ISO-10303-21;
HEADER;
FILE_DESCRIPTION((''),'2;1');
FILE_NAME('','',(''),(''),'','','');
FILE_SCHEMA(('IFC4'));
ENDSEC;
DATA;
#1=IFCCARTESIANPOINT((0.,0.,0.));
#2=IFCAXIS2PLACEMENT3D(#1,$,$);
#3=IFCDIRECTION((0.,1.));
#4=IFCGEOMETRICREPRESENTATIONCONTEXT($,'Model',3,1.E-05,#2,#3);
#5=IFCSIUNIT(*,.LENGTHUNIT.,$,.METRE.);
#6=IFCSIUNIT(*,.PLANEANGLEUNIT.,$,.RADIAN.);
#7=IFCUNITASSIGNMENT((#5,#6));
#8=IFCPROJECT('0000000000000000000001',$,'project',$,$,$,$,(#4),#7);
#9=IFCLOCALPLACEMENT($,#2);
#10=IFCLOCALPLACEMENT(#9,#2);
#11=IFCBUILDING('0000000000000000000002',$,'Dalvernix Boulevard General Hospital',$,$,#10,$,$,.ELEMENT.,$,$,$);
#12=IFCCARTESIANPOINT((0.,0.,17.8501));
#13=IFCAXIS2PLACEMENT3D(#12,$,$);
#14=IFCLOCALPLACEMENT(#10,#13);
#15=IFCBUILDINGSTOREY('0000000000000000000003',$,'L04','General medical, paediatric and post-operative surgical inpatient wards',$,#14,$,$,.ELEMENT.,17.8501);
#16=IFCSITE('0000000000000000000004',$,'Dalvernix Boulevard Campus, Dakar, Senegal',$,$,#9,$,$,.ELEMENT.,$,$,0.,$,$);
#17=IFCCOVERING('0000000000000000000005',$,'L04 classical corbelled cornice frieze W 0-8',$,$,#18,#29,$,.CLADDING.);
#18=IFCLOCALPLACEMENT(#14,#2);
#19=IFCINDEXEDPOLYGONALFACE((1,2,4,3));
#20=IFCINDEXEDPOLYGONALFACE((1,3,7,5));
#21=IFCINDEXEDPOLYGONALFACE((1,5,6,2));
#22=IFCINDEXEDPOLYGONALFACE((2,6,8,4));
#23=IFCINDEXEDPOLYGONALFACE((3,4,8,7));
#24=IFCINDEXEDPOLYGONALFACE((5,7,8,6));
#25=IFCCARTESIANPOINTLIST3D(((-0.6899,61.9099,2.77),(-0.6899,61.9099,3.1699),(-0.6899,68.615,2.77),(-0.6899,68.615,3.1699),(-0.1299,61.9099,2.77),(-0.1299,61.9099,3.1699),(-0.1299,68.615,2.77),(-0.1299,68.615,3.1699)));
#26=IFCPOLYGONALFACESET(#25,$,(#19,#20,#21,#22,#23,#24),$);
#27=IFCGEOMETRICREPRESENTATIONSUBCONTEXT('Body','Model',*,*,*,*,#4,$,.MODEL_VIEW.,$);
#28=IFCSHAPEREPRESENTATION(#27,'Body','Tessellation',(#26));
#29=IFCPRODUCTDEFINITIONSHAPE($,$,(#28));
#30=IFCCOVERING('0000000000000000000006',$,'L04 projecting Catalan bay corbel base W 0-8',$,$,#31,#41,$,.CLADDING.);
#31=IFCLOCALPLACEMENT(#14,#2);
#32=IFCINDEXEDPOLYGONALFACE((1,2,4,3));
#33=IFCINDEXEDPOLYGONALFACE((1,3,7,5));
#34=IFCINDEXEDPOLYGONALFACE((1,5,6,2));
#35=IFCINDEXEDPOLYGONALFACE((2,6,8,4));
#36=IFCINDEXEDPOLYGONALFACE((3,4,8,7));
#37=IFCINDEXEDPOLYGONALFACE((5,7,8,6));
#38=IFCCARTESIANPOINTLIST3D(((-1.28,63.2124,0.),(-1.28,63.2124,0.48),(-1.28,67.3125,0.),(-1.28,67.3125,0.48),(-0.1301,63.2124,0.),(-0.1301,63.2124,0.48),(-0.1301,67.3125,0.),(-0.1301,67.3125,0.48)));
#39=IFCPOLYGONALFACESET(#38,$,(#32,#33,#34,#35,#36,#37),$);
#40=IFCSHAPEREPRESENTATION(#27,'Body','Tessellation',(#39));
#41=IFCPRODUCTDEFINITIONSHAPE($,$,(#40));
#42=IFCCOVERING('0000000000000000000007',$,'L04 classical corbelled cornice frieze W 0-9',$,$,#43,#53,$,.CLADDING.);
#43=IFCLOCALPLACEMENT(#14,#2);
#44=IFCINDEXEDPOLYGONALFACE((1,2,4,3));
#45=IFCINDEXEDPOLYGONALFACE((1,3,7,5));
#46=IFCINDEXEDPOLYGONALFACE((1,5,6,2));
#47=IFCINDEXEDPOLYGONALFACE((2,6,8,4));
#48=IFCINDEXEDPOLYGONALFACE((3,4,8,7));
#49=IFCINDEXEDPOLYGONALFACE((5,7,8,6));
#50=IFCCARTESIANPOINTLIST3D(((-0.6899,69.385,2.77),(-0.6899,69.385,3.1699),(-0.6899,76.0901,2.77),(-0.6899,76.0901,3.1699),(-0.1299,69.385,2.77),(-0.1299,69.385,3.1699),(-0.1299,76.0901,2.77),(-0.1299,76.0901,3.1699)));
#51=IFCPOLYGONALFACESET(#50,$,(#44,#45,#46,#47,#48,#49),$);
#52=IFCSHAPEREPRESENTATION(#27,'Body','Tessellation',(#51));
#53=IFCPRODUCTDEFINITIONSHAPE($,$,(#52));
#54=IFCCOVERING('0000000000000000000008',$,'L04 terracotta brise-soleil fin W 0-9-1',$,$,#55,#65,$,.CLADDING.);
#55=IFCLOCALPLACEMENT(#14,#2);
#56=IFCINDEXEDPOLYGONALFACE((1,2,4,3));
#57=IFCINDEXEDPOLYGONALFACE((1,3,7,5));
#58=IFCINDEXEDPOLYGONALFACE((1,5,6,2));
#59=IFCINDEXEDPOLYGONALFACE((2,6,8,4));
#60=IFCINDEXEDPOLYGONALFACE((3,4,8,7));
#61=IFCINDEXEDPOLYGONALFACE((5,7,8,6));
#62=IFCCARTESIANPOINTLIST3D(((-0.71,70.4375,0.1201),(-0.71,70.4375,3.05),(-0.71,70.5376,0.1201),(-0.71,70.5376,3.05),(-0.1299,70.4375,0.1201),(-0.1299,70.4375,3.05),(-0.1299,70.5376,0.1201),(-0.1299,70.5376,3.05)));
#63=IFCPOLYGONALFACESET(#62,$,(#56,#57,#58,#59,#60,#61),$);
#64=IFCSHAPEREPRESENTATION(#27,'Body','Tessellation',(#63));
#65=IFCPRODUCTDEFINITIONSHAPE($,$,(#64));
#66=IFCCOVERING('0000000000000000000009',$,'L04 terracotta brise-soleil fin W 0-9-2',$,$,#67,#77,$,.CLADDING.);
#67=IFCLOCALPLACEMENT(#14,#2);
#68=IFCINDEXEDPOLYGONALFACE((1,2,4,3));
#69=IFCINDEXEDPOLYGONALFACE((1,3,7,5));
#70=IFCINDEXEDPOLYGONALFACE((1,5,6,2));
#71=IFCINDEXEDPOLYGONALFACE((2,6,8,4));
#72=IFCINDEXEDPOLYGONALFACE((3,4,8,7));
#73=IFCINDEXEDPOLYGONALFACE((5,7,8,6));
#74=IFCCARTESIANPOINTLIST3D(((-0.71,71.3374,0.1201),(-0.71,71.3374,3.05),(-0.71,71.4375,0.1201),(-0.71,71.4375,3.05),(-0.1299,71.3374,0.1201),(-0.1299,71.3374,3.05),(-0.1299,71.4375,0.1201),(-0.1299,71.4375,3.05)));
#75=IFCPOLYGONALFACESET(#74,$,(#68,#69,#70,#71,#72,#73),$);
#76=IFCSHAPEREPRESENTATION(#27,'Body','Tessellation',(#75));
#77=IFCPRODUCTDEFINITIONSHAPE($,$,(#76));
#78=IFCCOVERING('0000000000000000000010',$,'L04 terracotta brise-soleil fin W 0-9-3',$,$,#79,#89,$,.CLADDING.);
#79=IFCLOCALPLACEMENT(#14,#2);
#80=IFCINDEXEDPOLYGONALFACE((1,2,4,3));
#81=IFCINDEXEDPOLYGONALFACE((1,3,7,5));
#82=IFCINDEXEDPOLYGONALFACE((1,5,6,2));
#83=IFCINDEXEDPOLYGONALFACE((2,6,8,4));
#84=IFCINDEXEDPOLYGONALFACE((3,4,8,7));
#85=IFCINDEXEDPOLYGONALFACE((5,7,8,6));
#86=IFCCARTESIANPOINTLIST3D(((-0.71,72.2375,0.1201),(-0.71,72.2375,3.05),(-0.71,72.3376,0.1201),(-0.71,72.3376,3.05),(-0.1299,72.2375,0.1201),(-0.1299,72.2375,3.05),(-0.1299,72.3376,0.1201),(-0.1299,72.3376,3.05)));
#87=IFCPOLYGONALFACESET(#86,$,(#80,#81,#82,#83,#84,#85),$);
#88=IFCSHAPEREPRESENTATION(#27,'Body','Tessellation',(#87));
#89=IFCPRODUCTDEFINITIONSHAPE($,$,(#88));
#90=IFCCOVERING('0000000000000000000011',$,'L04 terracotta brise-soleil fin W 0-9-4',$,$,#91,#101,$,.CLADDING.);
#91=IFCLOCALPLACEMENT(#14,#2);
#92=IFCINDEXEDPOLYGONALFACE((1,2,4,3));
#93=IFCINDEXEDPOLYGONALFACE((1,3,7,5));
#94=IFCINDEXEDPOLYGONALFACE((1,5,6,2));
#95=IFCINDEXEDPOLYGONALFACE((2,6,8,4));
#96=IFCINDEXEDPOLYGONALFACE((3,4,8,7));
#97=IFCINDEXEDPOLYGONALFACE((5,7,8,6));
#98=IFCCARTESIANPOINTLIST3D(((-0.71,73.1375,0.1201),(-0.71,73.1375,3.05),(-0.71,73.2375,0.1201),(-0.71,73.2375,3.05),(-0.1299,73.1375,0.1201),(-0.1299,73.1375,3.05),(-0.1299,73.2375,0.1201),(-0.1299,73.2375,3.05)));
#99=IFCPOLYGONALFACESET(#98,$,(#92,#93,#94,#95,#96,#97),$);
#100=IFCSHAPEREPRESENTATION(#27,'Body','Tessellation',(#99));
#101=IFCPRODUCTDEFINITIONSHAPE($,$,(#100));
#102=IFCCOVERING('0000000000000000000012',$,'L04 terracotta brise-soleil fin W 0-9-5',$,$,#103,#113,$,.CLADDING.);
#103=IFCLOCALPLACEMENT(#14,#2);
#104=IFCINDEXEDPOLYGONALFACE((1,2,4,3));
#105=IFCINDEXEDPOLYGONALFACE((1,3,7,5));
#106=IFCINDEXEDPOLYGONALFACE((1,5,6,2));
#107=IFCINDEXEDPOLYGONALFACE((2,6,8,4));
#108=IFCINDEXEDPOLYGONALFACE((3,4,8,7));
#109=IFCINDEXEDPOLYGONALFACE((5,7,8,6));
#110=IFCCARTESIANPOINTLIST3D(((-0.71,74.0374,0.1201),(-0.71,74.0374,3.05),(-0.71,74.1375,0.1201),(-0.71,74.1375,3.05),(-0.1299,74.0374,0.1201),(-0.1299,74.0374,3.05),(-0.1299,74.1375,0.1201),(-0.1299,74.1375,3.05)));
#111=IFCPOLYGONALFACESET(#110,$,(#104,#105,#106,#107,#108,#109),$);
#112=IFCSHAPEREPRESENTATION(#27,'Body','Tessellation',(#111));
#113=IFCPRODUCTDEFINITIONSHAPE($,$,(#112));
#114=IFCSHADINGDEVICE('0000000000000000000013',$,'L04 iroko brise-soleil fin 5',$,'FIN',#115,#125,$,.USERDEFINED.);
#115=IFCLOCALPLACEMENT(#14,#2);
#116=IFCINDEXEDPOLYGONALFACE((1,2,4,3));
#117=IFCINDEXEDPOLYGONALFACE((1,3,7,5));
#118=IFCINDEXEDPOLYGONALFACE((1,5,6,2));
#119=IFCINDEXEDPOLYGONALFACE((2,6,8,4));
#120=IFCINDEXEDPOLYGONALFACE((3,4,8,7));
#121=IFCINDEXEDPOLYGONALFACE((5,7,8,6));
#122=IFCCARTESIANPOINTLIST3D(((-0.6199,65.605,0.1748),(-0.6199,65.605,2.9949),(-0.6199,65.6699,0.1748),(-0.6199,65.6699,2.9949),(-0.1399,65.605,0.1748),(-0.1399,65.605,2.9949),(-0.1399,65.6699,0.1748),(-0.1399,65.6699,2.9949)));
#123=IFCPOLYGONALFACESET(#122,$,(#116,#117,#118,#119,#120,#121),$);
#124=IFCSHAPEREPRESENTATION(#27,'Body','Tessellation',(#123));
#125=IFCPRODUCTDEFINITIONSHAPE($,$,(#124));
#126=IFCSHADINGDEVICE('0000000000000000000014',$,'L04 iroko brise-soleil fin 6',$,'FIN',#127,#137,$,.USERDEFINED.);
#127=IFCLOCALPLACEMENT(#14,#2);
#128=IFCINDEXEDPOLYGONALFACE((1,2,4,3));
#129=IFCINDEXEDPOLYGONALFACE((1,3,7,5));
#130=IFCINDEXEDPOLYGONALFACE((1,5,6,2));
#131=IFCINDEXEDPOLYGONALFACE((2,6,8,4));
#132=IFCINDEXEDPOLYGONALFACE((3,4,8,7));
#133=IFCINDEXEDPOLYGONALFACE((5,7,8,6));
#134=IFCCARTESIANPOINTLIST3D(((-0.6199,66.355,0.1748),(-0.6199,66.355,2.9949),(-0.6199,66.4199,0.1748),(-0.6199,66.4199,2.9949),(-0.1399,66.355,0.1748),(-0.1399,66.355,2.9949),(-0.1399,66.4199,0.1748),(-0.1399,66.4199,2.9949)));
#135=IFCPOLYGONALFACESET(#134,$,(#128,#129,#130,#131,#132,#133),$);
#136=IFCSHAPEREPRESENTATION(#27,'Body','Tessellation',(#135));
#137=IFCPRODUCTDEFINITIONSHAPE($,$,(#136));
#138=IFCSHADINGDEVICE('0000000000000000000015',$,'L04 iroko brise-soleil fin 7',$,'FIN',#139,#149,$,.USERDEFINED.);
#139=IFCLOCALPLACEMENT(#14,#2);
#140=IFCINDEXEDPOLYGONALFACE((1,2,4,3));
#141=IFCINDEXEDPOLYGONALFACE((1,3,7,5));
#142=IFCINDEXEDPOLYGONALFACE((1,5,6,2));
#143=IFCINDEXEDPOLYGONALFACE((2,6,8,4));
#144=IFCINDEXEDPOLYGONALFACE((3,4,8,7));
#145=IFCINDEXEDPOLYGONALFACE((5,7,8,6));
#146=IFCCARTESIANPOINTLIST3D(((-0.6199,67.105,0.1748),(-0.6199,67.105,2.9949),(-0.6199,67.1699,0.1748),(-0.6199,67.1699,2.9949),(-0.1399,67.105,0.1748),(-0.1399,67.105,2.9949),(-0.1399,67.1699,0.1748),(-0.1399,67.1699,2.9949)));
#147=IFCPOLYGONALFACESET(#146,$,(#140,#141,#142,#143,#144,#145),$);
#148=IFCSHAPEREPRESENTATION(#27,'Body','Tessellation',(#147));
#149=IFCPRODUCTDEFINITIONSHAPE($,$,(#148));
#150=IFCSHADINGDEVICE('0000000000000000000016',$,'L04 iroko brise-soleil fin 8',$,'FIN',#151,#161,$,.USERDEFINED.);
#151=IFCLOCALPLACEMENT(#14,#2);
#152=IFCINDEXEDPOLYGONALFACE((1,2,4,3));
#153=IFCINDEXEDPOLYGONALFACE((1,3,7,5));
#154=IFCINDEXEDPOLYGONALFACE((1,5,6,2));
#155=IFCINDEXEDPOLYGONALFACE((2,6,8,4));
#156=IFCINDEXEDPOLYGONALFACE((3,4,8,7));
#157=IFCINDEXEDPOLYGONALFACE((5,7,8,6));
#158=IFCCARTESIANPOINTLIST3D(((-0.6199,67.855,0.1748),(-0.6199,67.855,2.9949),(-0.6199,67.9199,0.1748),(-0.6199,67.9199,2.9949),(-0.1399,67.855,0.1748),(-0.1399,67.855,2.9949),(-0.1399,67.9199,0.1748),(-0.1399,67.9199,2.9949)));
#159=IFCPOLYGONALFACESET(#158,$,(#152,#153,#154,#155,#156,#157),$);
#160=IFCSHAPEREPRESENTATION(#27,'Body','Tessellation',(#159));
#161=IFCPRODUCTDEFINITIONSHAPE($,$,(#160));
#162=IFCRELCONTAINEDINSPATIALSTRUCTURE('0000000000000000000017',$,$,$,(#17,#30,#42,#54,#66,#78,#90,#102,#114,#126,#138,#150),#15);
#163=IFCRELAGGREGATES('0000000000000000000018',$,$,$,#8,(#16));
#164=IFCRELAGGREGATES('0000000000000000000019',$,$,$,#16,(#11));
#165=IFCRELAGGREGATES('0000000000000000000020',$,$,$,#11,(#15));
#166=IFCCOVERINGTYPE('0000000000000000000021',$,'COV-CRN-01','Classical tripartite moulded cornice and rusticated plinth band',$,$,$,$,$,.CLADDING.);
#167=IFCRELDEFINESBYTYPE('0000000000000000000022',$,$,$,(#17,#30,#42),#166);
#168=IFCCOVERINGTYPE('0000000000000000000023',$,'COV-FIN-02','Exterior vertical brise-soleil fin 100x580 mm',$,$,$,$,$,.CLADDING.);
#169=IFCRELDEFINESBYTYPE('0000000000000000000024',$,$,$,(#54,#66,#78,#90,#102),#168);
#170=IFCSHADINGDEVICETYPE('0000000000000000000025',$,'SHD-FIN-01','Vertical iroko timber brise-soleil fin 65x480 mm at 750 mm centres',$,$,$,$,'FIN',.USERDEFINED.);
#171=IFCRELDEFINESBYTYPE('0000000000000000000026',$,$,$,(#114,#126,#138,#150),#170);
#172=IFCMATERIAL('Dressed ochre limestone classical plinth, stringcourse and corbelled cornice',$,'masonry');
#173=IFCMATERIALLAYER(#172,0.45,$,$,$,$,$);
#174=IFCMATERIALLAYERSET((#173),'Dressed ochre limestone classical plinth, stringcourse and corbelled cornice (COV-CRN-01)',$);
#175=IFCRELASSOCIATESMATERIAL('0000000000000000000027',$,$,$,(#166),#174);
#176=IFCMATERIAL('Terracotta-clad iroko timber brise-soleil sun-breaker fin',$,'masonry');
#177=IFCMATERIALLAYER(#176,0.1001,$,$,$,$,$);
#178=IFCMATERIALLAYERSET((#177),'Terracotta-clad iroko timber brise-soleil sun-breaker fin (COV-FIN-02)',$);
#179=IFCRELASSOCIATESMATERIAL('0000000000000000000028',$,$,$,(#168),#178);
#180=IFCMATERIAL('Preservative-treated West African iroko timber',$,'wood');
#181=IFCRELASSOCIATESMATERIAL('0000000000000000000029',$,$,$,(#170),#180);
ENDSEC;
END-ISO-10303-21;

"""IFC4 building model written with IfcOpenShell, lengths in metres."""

from ifc_helpers import new_model, si_unit, direction, frame, origin, origin_2d, place, context, subcontext, project, spatial, rectangle, extrude, material, layer, layer_set, type_object, element, save


model = new_model("IFC4")

# Units and contexts
model_context = context("Model", 3, precision=1e-05, world=origin(), true_north=direction((0.0, 1.0)))
body_context = subcontext(model_context, "Body", "Model", "MODEL_VIEW")
ifc_project = project(units=[si_unit("LENGTHUNIT", "METRE"), si_unit("PLANEANGLEUNIT", "RADIAN")], contexts=[model_context])

# Site, building, storey
site_placement = place(None, origin())
site = spatial("IfcSite", under=ifc_project, at=site_placement, Name="Dalvernix Boulevard Campus, Dakar, Senegal", CompositionType="ELEMENT", RefElevation=0.0)
building_placement = place(site_placement, origin())
building = spatial("IfcBuilding", under=site, at=building_placement, Name="Dalvernix Boulevard General Hospital", CompositionType="ELEMENT")
storey_placement = place(building_placement, frame((0.0, 0.0, 17.8501)))
storey = spatial("IfcBuildingStorey", under=building, at=storey_placement, Name="L04", Description="General medical, paediatric and post-operative surgical inpatient wards", CompositionType="ELEMENT", Elevation=17.8501)

# Coverings
ifc_material_1 = material(Name="Dressed ochre limestone classical plinth, stringcourse and corbelled cornice", Category="masonry")
ifc_layer_1 = layer(ifc_material_1, 0.45)
ifc_layer_set_1 = layer_set([ifc_layer_1], Name="Dressed ochre limestone classical plinth, stringcourse and corbelled cornice (COV-CRN-01)")
covering_type_1 = type_object("IfcCoveringType", Name="COV-CRN-01", Description="Classical tripartite moulded cornice and rusticated plinth band", PredefinedType="CLADDING", material=ifc_layer_set_1)
covering_1_placement = place(storey_placement, frame((-0.4099, 65.2625, 2.77), z_axis=(0.0, 0.0, 1.0), x_axis=(0.0, 1.0, 0.0)))
element("IfcCovering", 1, at=covering_1_placement, inside=storey, type_object=covering_type_1, Name="L04 classical corbelled cornice frieze W 0-8", PredefinedType="CLADDING", context=body_context, shape_type="SweptSolid", body=[
    extrude(rectangle(XDim=6.7051, YDim=0.5601, at=origin_2d()), origin(), (0.0, 0.0, 1.0), 0.3999),
])
covering_2_placement = place(storey_placement, frame((-0.7051, 65.2625, 0.0), z_axis=(0.0, 0.0, 1.0), x_axis=(0.0, 1.0, 0.0)))
element("IfcCovering", 2, at=covering_2_placement, inside=storey, type_object=covering_type_1, Name="L04 projecting Catalan bay corbel base W 0-8", PredefinedType="CLADDING", context=body_context, shape_type="SweptSolid", body=[
    extrude(rectangle(XDim=4.1001, YDim=1.1499, at=origin_2d()), origin(), (0.0, 0.0, 1.0), 0.48),
])
covering_3_placement = place(storey_placement, frame((-0.4099, 72.7375, 2.77), z_axis=(0.0, 0.0, 1.0), x_axis=(0.0, 1.0, 0.0)))
element("IfcCovering", 3, at=covering_3_placement, inside=storey, type_object=covering_type_1, Name="L04 classical corbelled cornice frieze W 0-9", PredefinedType="CLADDING", context=body_context, shape_type="SweptSolid", body=[
    extrude(rectangle(XDim=6.7051, YDim=0.5601, at=origin_2d()), origin(), (0.0, 0.0, 1.0), 0.3999),
])
ifc_material_2 = material(Name="Terracotta-clad iroko timber brise-soleil sun-breaker fin", Category="masonry")
ifc_layer_2 = layer(ifc_material_2, 0.1001)
ifc_layer_set_2 = layer_set([ifc_layer_2], Name="Terracotta-clad iroko timber brise-soleil sun-breaker fin (COV-FIN-02)")
covering_type_2 = type_object("IfcCoveringType", Name="COV-FIN-02", Description="Exterior vertical brise-soleil fin 100x580 mm", PredefinedType="CLADDING", material=ifc_layer_set_2)
for number, where, z_axis, x_axis, name in (
    (4, (-0.4199, 70.4875, 0.1201), (0.0, 0.0, 1.0), (0.0, 1.0, 0.0), "L04 terracotta brise-soleil fin W 0-9-1"),
    (5, (-0.4199, 71.3875, 0.1201), (0.0, 0.0, 1.0), (0.0, 1.0, 0.0), "L04 terracotta brise-soleil fin W 0-9-2"),
    (6, (-0.4199, 72.2876, 0.1201), (0.0, 0.0, 1.0), (0.0, 1.0, 0.0), "L04 terracotta brise-soleil fin W 0-9-3"),
    (7, (-0.4199, 73.1875, 0.1201), (0.0, 0.0, 1.0), (0.0, 1.0, 0.0), "L04 terracotta brise-soleil fin W 0-9-4"),
    (8, (-0.4199, 74.0874, 0.1201), (0.0, 0.0, 1.0), (0.0, 1.0, 0.0), "L04 terracotta brise-soleil fin W 0-9-5"),
):
    element("IfcCovering", number, at=place(storey_placement, frame(where, z_axis=z_axis, x_axis=x_axis)), inside=storey, type_object=covering_type_2, Name=name, PredefinedType="CLADDING", context=body_context, shape_type="SweptSolid", body=[
        extrude(rectangle(XDim=0.1001, YDim=0.5801, at=origin_2d()), origin(), (0.0, 0.0, 1.0), 2.9299),
    ])

# Shading devices
ifc_material_3 = material(Name="Preservative-treated West African iroko timber", Category="wood")
shading_device_type = type_object("IfcShadingDeviceType", Name="SHD-FIN-01", Description="Vertical iroko timber brise-soleil fin 65x480 mm at 750 mm centres", ElementType="FIN", PredefinedType="USERDEFINED", material=ifc_material_3)
for number, where, z_axis, x_axis, name in (
    (9, (-0.3799, 65.6375, 0.1748), (0.0, 0.0, 1.0), (0.0, 1.0, 0.0), "L04 iroko brise-soleil fin 5"),
    (10, (-0.3799, 66.3875, 0.1748), (0.0, 0.0, 1.0), (0.0, 1.0, 0.0), "L04 iroko brise-soleil fin 6"),
    (11, (-0.3799, 67.1375, 0.1748), (0.0, 0.0, 1.0), (0.0, 1.0, 0.0), "L04 iroko brise-soleil fin 7"),
    (12, (-0.3799, 67.8875, 0.1748), (0.0, 0.0, 1.0), (0.0, 1.0, 0.0), "L04 iroko brise-soleil fin 8"),
):
    element("IfcShadingDevice", number, at=place(storey_placement, frame(where, z_axis=z_axis, x_axis=x_axis)), inside=storey, type_object=shading_device_type, Name=name, ObjectType="FIN", PredefinedType="USERDEFINED", context=body_context, shape_type="SweptSolid", body=[
        extrude(rectangle(XDim=0.0649, YDim=0.48, at=origin_2d()), origin(), (0.0, 0.0, 1.0), 2.8201),
    ])

save(model, "model.ifc")
